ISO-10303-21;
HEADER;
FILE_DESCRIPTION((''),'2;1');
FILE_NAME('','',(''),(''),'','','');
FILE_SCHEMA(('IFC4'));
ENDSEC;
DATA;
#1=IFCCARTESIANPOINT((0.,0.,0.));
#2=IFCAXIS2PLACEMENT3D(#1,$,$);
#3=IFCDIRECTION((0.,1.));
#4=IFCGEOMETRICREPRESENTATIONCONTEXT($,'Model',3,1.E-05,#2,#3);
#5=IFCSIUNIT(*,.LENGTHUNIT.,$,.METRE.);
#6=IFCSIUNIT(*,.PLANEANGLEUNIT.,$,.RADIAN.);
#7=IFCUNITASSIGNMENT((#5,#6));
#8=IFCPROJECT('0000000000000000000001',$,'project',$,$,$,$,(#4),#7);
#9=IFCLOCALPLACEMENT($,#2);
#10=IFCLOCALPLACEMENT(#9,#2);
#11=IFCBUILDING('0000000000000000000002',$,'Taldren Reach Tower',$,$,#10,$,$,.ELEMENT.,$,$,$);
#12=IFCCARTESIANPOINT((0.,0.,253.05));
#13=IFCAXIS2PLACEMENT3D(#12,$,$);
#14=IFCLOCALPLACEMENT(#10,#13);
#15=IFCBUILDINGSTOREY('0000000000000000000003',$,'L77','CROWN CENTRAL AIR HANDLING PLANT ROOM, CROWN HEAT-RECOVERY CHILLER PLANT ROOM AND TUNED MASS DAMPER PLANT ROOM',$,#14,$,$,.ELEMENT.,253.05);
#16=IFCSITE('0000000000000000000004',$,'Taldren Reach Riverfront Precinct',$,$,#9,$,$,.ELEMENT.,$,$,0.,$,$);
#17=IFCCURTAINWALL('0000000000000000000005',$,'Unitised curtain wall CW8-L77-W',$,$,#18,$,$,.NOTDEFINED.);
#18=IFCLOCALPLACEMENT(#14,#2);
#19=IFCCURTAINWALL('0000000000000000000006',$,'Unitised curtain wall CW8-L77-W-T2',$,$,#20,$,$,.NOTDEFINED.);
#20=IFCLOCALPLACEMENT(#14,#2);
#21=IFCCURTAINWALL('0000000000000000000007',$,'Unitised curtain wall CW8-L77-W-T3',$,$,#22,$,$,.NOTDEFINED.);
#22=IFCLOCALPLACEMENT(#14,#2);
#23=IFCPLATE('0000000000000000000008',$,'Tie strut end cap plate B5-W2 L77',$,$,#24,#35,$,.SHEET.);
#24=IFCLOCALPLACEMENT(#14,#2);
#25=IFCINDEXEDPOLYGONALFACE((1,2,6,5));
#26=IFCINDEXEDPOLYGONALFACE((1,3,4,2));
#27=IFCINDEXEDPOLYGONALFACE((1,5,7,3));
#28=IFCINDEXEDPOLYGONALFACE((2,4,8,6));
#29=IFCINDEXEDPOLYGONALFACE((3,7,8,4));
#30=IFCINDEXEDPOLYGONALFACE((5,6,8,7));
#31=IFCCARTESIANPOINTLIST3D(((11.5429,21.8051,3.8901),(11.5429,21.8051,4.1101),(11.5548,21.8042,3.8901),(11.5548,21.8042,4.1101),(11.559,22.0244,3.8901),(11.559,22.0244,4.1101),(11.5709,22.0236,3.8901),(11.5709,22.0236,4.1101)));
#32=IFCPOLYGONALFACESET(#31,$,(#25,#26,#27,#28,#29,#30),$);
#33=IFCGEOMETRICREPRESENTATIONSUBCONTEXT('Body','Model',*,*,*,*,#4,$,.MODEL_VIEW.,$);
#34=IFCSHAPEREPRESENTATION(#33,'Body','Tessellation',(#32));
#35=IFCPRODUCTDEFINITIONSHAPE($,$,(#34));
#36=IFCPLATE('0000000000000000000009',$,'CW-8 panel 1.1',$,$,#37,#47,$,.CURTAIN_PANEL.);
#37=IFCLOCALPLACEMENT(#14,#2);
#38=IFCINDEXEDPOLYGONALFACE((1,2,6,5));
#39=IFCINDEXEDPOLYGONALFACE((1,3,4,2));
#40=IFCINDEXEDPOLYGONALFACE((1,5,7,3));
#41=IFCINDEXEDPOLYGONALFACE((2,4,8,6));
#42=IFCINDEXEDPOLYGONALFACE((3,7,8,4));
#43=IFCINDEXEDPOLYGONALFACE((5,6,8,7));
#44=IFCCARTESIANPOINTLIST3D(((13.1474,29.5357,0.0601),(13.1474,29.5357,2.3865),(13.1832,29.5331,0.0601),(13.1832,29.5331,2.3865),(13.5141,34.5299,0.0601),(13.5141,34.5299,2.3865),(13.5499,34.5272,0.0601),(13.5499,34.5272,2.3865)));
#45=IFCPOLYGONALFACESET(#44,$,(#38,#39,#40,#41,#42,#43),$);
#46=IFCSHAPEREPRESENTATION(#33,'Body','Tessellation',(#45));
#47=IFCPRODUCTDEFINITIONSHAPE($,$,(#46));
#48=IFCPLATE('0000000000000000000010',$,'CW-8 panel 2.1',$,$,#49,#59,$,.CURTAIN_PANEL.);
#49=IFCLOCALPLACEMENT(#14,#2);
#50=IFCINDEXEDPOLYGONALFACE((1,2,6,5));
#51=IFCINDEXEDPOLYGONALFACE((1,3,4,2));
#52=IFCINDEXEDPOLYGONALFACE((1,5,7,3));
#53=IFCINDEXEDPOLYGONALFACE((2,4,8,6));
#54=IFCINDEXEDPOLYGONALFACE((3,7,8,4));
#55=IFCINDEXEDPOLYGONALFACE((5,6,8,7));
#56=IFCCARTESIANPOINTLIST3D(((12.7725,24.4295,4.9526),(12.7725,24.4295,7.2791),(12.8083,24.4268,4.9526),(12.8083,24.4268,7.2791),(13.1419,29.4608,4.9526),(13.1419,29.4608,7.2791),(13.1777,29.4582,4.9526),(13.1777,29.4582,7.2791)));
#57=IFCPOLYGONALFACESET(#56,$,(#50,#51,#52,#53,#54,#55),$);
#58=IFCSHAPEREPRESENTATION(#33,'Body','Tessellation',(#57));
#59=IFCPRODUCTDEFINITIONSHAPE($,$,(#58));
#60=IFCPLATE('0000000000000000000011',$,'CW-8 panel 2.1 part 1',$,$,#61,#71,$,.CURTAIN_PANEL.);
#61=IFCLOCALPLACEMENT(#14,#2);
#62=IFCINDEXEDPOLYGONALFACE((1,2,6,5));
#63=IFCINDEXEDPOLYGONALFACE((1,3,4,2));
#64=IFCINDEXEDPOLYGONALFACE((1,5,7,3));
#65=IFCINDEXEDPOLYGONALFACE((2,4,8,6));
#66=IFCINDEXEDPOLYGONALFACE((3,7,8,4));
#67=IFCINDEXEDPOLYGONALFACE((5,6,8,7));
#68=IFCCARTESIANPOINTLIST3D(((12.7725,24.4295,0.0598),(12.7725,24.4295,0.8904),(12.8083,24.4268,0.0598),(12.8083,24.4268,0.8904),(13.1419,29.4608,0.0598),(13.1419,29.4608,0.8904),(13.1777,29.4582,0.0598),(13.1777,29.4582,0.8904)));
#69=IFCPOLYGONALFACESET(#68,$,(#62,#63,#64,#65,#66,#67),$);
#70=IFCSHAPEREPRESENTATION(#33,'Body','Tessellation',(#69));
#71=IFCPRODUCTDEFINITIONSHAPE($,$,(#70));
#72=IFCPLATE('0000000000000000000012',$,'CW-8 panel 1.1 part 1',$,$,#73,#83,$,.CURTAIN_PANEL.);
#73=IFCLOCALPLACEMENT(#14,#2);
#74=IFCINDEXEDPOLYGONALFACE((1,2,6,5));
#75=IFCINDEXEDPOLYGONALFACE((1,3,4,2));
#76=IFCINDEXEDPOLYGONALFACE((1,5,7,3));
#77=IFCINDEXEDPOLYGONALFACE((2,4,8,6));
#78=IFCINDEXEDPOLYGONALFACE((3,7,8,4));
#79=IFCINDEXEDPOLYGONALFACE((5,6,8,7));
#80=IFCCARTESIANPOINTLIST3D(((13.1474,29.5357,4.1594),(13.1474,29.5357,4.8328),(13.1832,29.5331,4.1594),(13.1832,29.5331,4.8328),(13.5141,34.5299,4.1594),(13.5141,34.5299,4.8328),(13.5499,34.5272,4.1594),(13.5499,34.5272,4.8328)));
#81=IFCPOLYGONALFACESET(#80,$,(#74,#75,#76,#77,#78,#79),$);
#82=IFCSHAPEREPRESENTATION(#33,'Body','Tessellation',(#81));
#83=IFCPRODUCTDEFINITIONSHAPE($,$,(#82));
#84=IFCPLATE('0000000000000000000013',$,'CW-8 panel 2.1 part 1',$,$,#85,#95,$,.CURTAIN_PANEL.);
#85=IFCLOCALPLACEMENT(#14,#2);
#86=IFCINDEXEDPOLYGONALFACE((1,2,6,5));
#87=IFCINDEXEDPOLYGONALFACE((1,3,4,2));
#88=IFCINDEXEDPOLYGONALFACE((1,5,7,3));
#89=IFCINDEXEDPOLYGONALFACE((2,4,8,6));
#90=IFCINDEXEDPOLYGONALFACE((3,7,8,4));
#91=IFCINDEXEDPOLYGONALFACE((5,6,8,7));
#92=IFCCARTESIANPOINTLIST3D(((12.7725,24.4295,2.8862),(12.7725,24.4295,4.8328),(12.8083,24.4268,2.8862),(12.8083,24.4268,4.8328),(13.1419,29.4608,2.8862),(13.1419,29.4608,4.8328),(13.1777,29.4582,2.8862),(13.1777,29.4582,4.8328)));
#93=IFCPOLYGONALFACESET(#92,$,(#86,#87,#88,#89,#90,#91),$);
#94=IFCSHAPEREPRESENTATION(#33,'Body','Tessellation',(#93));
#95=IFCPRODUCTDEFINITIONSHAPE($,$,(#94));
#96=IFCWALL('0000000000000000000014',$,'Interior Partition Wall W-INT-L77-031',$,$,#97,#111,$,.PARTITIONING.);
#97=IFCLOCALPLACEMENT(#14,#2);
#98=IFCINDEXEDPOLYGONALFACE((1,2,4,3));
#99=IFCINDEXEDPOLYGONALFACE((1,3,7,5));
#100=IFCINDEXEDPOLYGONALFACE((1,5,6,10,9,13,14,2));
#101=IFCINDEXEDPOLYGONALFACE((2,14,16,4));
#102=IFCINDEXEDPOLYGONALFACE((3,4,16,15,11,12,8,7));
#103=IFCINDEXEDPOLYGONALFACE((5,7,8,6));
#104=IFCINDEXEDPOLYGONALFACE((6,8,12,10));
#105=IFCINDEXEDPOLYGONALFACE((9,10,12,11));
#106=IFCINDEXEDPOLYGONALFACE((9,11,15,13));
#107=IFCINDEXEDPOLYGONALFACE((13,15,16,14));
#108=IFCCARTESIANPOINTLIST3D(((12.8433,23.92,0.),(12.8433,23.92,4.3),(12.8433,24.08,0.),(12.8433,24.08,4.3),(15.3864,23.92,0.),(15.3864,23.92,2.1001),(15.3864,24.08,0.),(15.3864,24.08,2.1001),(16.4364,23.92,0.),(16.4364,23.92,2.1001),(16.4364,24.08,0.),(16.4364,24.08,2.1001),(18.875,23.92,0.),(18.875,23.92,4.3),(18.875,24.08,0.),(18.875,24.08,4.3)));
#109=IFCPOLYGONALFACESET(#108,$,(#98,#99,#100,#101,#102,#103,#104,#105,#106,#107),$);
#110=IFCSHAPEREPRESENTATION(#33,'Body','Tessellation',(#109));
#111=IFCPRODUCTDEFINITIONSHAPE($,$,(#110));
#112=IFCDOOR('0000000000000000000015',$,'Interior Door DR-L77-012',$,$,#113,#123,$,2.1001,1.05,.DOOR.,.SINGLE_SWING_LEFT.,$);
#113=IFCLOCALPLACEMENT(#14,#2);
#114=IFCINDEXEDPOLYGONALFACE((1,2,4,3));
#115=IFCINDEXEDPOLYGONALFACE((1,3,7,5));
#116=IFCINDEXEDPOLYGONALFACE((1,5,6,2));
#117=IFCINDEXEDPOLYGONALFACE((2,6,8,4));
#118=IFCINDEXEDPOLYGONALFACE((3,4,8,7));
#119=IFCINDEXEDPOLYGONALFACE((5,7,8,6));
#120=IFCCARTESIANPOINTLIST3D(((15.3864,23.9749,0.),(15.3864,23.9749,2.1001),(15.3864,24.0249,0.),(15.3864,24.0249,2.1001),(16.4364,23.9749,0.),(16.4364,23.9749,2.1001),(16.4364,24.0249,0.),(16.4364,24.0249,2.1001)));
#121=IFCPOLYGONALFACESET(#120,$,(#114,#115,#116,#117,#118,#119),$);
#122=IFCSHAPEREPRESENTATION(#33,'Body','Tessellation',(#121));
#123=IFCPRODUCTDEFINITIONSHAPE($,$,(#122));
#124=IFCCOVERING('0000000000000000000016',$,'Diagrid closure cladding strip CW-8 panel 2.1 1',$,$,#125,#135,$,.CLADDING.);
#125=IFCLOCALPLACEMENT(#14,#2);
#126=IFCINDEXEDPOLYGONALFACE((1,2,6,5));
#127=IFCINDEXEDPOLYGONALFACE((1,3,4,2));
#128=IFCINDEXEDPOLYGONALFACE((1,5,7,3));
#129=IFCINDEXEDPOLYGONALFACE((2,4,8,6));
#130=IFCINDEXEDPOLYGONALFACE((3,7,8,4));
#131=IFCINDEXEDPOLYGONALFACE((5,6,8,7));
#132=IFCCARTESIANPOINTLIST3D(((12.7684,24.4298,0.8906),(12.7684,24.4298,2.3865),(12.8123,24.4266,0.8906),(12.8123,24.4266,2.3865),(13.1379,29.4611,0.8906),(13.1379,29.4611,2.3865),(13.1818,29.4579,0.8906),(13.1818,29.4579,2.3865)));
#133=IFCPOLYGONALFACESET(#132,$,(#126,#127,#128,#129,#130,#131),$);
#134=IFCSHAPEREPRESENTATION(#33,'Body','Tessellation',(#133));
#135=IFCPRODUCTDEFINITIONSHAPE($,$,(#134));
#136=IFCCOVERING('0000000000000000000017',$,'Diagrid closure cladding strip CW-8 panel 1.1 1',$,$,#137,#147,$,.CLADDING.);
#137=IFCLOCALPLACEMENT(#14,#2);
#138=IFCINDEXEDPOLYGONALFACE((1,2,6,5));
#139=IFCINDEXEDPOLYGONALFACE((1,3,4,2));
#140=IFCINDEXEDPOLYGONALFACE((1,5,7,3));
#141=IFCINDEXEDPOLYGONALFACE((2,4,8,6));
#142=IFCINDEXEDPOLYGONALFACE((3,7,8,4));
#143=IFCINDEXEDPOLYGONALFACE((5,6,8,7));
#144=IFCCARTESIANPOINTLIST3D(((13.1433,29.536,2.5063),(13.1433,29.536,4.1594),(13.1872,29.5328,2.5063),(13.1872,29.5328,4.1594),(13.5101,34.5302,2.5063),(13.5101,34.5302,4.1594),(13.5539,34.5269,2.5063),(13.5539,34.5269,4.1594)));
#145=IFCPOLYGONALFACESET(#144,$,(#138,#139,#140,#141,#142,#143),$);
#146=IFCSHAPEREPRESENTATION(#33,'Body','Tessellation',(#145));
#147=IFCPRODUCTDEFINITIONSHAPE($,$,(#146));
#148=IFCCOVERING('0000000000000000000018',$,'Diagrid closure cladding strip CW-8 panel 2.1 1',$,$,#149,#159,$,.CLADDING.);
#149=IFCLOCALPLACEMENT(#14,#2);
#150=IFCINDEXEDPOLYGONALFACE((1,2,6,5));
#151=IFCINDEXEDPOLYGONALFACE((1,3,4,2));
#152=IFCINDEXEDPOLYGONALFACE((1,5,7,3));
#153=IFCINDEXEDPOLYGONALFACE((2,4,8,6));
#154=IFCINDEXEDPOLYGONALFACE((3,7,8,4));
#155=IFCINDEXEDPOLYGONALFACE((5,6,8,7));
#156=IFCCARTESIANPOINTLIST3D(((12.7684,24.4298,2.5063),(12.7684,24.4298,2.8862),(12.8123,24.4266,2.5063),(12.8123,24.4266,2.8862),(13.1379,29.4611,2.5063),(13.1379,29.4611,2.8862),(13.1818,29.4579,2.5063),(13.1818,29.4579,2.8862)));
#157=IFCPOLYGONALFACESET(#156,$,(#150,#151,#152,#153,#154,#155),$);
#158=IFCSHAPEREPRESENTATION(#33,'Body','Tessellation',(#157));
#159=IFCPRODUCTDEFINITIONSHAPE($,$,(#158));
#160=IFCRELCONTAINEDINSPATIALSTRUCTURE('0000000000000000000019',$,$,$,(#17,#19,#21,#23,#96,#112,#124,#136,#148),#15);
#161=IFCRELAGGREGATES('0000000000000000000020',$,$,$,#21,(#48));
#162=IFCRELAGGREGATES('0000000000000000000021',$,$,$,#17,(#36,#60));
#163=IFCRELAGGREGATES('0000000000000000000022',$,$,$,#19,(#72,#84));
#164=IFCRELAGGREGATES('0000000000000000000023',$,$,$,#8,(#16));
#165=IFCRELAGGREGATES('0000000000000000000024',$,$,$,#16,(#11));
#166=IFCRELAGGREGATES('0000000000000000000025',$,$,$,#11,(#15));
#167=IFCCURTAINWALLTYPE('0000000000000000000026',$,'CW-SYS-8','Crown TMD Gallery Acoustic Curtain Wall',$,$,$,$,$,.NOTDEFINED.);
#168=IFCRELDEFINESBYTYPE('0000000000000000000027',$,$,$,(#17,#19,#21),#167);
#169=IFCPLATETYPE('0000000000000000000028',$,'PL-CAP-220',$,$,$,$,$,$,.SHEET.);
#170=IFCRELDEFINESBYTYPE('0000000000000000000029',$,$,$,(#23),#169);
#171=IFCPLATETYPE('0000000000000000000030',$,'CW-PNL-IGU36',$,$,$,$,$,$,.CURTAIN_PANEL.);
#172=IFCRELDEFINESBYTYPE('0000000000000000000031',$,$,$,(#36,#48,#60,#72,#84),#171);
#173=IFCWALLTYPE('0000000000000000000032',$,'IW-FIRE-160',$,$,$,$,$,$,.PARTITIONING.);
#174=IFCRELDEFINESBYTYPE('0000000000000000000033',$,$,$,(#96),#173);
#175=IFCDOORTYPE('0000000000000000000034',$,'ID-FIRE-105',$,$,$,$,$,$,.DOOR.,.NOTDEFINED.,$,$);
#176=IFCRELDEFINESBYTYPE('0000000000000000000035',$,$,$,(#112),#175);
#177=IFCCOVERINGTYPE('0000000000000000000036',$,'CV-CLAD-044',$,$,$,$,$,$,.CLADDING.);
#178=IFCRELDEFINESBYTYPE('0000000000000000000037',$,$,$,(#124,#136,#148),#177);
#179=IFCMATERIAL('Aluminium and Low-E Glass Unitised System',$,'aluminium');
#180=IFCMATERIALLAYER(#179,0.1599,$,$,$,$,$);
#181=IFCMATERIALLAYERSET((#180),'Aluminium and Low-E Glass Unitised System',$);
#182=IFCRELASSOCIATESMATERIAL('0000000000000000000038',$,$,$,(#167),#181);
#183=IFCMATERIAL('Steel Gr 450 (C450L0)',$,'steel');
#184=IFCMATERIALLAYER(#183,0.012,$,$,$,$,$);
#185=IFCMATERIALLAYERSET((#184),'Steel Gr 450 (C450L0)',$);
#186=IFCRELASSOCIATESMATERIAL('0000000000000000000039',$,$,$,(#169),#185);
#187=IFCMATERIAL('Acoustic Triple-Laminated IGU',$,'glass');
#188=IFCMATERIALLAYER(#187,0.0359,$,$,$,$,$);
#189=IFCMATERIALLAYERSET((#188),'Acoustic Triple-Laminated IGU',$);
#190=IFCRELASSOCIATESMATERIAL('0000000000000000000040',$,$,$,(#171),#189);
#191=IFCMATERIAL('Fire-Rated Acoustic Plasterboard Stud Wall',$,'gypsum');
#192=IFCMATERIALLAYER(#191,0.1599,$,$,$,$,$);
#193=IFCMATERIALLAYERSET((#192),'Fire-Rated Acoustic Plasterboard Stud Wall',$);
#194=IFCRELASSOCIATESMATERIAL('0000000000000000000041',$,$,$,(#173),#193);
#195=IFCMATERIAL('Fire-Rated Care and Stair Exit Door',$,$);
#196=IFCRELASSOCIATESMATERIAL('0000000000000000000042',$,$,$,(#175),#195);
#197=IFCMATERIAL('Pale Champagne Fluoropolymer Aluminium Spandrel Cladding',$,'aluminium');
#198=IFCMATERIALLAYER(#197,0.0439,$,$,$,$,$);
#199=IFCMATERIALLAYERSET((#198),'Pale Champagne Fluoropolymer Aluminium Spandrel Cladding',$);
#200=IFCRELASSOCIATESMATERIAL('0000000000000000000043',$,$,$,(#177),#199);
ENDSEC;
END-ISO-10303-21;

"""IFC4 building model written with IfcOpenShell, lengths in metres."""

from ifc_helpers import new_model, si_unit, direction, frame, frame_2d, origin, origin_2d, place, context, subcontext, project, spatial, rectangle, extrude, source, transform, mapped, material, layer, layer_set, type_object, element, fill, aggregate, save


model = new_model("IFC4")

# Units and contexts
model_context = context("Model", 3, precision=1e-05, world=origin(), true_north=direction((0.0, 1.0)))
body_context = subcontext(model_context, "Body", "Model", "MODEL_VIEW")
ifc_project = project(units=[si_unit("LENGTHUNIT", "METRE"), si_unit("PLANEANGLEUNIT", "RADIAN")], contexts=[model_context])

# Site, building, storey
site_placement = place(None, origin())
site = spatial("IfcSite", under=ifc_project, at=site_placement, Name="Taldren Reach Riverfront Precinct", CompositionType="ELEMENT", RefElevation=0.0)
building_placement = place(site_placement, origin())
building = spatial("IfcBuilding", under=site, at=building_placement, Name="Taldren Reach Tower", CompositionType="ELEMENT")
storey_placement = place(building_placement, frame((0.0, 0.0, 253.05)))
storey = spatial("IfcBuildingStorey", under=building, at=storey_placement, Name="L77", Description="CROWN CENTRAL AIR HANDLING PLANT ROOM, CROWN HEAT-RECOVERY CHILLER PLANT ROOM AND TUNED MASS DAMPER PLANT ROOM", CompositionType="ELEMENT", Elevation=253.05)

# Shared definitions
ifc_material_1 = material(Name="Steel Gr 450 (C450L0)", Category="steel")

# Curtain walls
ifc_material_2 = material(Name="Aluminium and Low-E Glass Unitised System", Category="aluminium")
ifc_layer_1 = layer(ifc_material_2, 0.1599)
ifc_layer_set_1 = layer_set([ifc_layer_1], Name="Aluminium and Low-E Glass Unitised System")
curtain_wall_type = type_object("IfcCurtainWallType", Name="CW-SYS-8", Description="Crown TMD Gallery Acoustic Curtain Wall", PredefinedType="NOTDEFINED", material=ifc_layer_set_1)
curtain_wall_1_placement = place(storey_placement, origin())
curtain_wall_1 = element("IfcCurtainWall", 1, at=curtain_wall_1_placement, inside=storey, type_object=curtain_wall_type, Name="Unitised curtain wall CW8-L77-W", PredefinedType="NOTDEFINED")
curtain_wall_2_placement = place(storey_placement, origin())
curtain_wall_2 = element("IfcCurtainWall", 2, at=curtain_wall_2_placement, inside=storey, type_object=curtain_wall_type, Name="Unitised curtain wall CW8-L77-W-T2", PredefinedType="NOTDEFINED")
curtain_wall_3_placement = place(storey_placement, origin())
curtain_wall_3 = element("IfcCurtainWall", 3, at=curtain_wall_3_placement, inside=storey, type_object=curtain_wall_type, Name="Unitised curtain wall CW8-L77-W-T3", PredefinedType="NOTDEFINED")

# Plates
ifc_layer_2 = layer(ifc_material_1, 0.012)
ifc_layer_set_2 = layer_set([ifc_layer_2], Name="Steel Gr 450 (C450L0)")
plate_type_1 = type_object("IfcPlateType", Name="PL-CAP-220", PredefinedType="SHEET", material=ifc_layer_set_2)
shared_shape_1 = source(origin(), body_context, "Body", "SweptSolid", [
    extrude(rectangle(XDim=0.012, YDim=0.22, at=origin_2d()), origin(), (0.0, 0.0, 1.0), 0.22),
])
plate_1_placement = place(storey_placement, frame((11.5569, 21.9143, 3.8901), z_axis=(0.0, 0.0, 1.0), x_axis=(0.997314, -0.073238, 0.0)))
element("IfcPlate", 4, at=plate_1_placement, inside=storey, type_object=plate_type_1, Name="Tie strut end cap plate B5-W2 L77", PredefinedType="SHEET", context=body_context, shape_type="MappedRepresentation", body=[
    mapped(shared_shape_1, transform((0.0, 0.0, 0.0), scale=1.0)),
])
ifc_material_3 = material(Name="Acoustic Triple-Laminated IGU", Category="glass")
ifc_layer_3 = layer(ifc_material_3, 0.0359)
ifc_layer_set_3 = layer_set([ifc_layer_3], Name="Acoustic Triple-Laminated IGU")
plate_type_2 = type_object("IfcPlateType", Name="CW-PNL-IGU36", PredefinedType="CURTAIN_PANEL", material=ifc_layer_set_3)
shared_shape_2 = source(origin(), body_context, "Body", "SweptSolid", [
    extrude(rectangle(XDim=5.0076, YDim=0.0359, at=origin_2d()), origin(), (0.0, 0.0, 1.0), 2.3264),
])
plate_2_placement = place(storey_placement, frame((13.3486, 32.0315, 0.0601), z_axis=(0.0, 0.0, 1.0), x_axis=(-0.073238, -0.997314, 0.0)))
plate_2 = element("IfcPlate", 5, at=plate_2_placement, type_object=plate_type_2, Name="CW-8 panel 1.1", PredefinedType="CURTAIN_PANEL", context=body_context, shape_type="MappedRepresentation", body=[
    mapped(shared_shape_2, transform((0.0, 0.0, 0.0), scale=1.0)),
])
shared_shape_3 = source(origin(), body_context, "Body", "SweptSolid", [
    extrude(rectangle(XDim=5.0449, YDim=0.0359, at=origin_2d()), origin(), (0.0, 0.0, 1.0), 2.3264),
])
plate_3_placement = place(storey_placement, frame((12.9751, 26.9438, 4.9526), z_axis=(0.0, 0.0, 1.0), x_axis=(-0.073238, -0.997314, 0.0)))
plate_3 = element("IfcPlate", 6, at=plate_3_placement, type_object=plate_type_2, Name="CW-8 panel 2.1", PredefinedType="CURTAIN_PANEL", context=body_context, shape_type="MappedRepresentation", body=[
    mapped(shared_shape_3, transform((0.0, 0.0, 0.0), scale=1.0)),
])
aggregate(curtain_wall_3, [plate_3])
shared_shape_4 = source(origin(), body_context, "Body", "SweptSolid", [
    extrude(rectangle(XDim=5.0449, YDim=0.0359, at=origin_2d()), origin(), (0.0, 0.0, 1.0), 0.8306),
])
plate_4_placement = place(storey_placement, frame((12.9751, 26.9438, 0.0598), z_axis=(0.0, 0.0, 1.0), x_axis=(-0.073238, -0.997314, 0.0)))
plate_4 = element("IfcPlate", 7, at=plate_4_placement, type_object=plate_type_2, Name="CW-8 panel 2.1 part 1", PredefinedType="CURTAIN_PANEL", context=body_context, shape_type="MappedRepresentation", body=[
    mapped(shared_shape_4, transform((0.0, 0.0, 0.0), scale=1.0)),
])
aggregate(curtain_wall_1, [plate_2, plate_4])
shared_shape_5 = source(origin(), body_context, "Body", "SweptSolid", [
    extrude(rectangle(XDim=5.0076, YDim=0.0359, at=origin_2d()), origin(), (0.0, 0.0, 1.0), 0.6733),
])
plate_5_placement = place(storey_placement, frame((13.3486, 32.0315, 4.1594), z_axis=(0.0, 0.0, 1.0), x_axis=(-0.073238, -0.997314, 0.0)))
plate_5 = element("IfcPlate", 8, at=plate_5_placement, type_object=plate_type_2, Name="CW-8 panel 1.1 part 1", PredefinedType="CURTAIN_PANEL", context=body_context, shape_type="MappedRepresentation", body=[
    mapped(shared_shape_5, transform((0.0, 0.0, 0.0), scale=1.0)),
])
shared_shape_6 = source(origin(), body_context, "Body", "SweptSolid", [
    extrude(rectangle(XDim=5.0449, YDim=0.0359, at=origin_2d()), origin(), (0.0, 0.0, 1.0), 1.9465),
])
plate_6_placement = place(storey_placement, frame((12.9751, 26.9438, 2.8862), z_axis=(0.0, 0.0, 1.0), x_axis=(-0.073238, -0.997314, 0.0)))
plate_6 = element("IfcPlate", 9, at=plate_6_placement, type_object=plate_type_2, Name="CW-8 panel 2.1 part 1", PredefinedType="CURTAIN_PANEL", context=body_context, shape_type="MappedRepresentation", body=[
    mapped(shared_shape_6, transform((0.0, 0.0, 0.0), scale=1.0)),
])
aggregate(curtain_wall_2, [plate_5, plate_6])

# Wall, opening, door
ifc_material_4 = material(Name="Fire-Rated Acoustic Plasterboard Stud Wall", Category="gypsum")
ifc_layer_4 = layer(ifc_material_4, 0.1599)
ifc_layer_set_4 = layer_set([ifc_layer_4], Name="Fire-Rated Acoustic Plasterboard Stud Wall")
wall_type = type_object("IfcWallType", Name="IW-FIRE-160", PredefinedType="PARTITIONING", material=ifc_layer_set_4)
shared_shape_7 = source(origin(), body_context, "Body", "SweptSolid", [
    extrude(rectangle(XDim=6.0317, YDim=0.1599, at=frame_2d((3.0159, 0.0))), origin(), (0.0, 0.0, 1.0), 4.3),
])
wall_placement = place(storey_placement, frame((12.8433, 24.0, 0.0), z_axis=(0.0, 0.0, 1.0), x_axis=(1.0, 0.0, 0.0)))
wall = element("IfcWall", 10, at=wall_placement, inside=storey, type_object=wall_type, Name="Interior Partition Wall W-INT-L77-031", PredefinedType="PARTITIONING", context=body_context, shape_type="MappedRepresentation", body=[
    mapped(shared_shape_7, transform((0.0, 0.0, 0.0), scale=1.0)),
])
shared_shape_8 = source(origin(), body_context, "Body", "SweptSolid", [
    extrude(rectangle(XDim=1.05, YDim=2.1001, at=frame_2d((0.5249, 1.05))), frame((0.0, 0.0898, 0.0), z_axis=(0.0, -1.0, 0.0), x_axis=(1.0, 0.0, 0.0)), (0.0, 0.0, 1.0), 0.1799),
])
opening_placement = place(wall_placement, frame((2.5432, 0.0, 0.0)))
opening = element("IfcOpeningElement", 11, at=opening_placement, cuts=wall, PredefinedType="OPENING", context=body_context, shape_type="MappedRepresentation", body=[
    mapped(shared_shape_8, transform((0.0, 0.0, 0.0), scale=1.0)),
])
ifc_material_5 = material(Name="Fire-Rated Care and Stair Exit Door")
door_type = type_object("IfcDoorType", Name="ID-FIRE-105", OperationType="NOTDEFINED", PredefinedType="DOOR", material=ifc_material_5)
shared_shape_9 = source(origin(), body_context, "Body", "SweptSolid", [
    extrude(rectangle(XDim=1.05, YDim=2.1001, at=frame_2d((0.5249, 1.05))), frame((0.0, 0.0249, 0.0), z_axis=(0.0, -1.0, 0.0), x_axis=(1.0, 0.0, 0.0)), (0.0, 0.0, 1.0), 0.05),
])
door_placement = place(opening_placement, origin())
door = element("IfcDoor", 12, at=door_placement, inside=storey, type_object=door_type, Name="Interior Door DR-L77-012", OperationType="SINGLE_SWING_LEFT", OverallHeight=2.1001, OverallWidth=1.05, PredefinedType="DOOR", context=body_context, shape_type="MappedRepresentation", body=[
    mapped(shared_shape_9, transform((0.0, 0.0, 0.0), scale=1.0)),
])
fill(opening, door)

# Coverings
ifc_material_6 = material(Name="Pale Champagne Fluoropolymer Aluminium Spandrel Cladding", Category="aluminium")
ifc_layer_5 = layer(ifc_material_6, 0.0439)
ifc_layer_set_5 = layer_set([ifc_layer_5], Name="Pale Champagne Fluoropolymer Aluminium Spandrel Cladding")
covering_type = type_object("IfcCoveringType", Name="CV-CLAD-044", PredefinedType="CLADDING", material=ifc_layer_set_5)
shared_shape_10 = source(origin(), body_context, "Body", "SweptSolid", [
    extrude(rectangle(XDim=5.0449, YDim=0.0439, at=origin_2d()), origin(), (0.0, 0.0, 1.0), 1.4958),
])
covering_1_placement = place(storey_placement, frame((12.9751, 26.9438, 0.8906), z_axis=(0.0, 0.0, 1.0), x_axis=(-0.073238, -0.997314, 0.0)))
element("IfcCovering", 13, at=covering_1_placement, inside=storey, type_object=covering_type, Name="Diagrid closure cladding strip CW-8 panel 2.1 1", PredefinedType="CLADDING", context=body_context, shape_type="MappedRepresentation", body=[
    mapped(shared_shape_10, transform((0.0, 0.0, 0.0), scale=1.0)),
])
shared_shape_11 = source(origin(), body_context, "Body", "SweptSolid", [
    extrude(rectangle(XDim=5.0076, YDim=0.0439, at=origin_2d()), origin(), (0.0, 0.0, 1.0), 1.6531),
])
covering_2_placement = place(storey_placement, frame((13.3486, 32.0315, 2.5063), z_axis=(0.0, 0.0, 1.0), x_axis=(-0.073238, -0.997314, 0.0)))
element("IfcCovering", 14, at=covering_2_placement, inside=storey, type_object=covering_type, Name="Diagrid closure cladding strip CW-8 panel 1.1 1", PredefinedType="CLADDING", context=body_context, shape_type="MappedRepresentation", body=[
    mapped(shared_shape_11, transform((0.0, 0.0, 0.0), scale=1.0)),
])
shared_shape_12 = source(origin(), body_context, "Body", "SweptSolid", [
    extrude(rectangle(XDim=5.0449, YDim=0.0439, at=origin_2d()), origin(), (0.0, 0.0, 1.0), 0.3799),
])
covering_3_placement = place(storey_placement, frame((12.9751, 26.9438, 2.5063), z_axis=(0.0, 0.0, 1.0), x_axis=(-0.073238, -0.997314, 0.0)))
element("IfcCovering", 15, at=covering_3_placement, inside=storey, type_object=covering_type, Name="Diagrid closure cladding strip CW-8 panel 2.1 1", PredefinedType="CLADDING", context=body_context, shape_type="MappedRepresentation", body=[
    mapped(shared_shape_12, transform((0.0, 0.0, 0.0), scale=1.0)),
])

save(model, "model.ifc")
